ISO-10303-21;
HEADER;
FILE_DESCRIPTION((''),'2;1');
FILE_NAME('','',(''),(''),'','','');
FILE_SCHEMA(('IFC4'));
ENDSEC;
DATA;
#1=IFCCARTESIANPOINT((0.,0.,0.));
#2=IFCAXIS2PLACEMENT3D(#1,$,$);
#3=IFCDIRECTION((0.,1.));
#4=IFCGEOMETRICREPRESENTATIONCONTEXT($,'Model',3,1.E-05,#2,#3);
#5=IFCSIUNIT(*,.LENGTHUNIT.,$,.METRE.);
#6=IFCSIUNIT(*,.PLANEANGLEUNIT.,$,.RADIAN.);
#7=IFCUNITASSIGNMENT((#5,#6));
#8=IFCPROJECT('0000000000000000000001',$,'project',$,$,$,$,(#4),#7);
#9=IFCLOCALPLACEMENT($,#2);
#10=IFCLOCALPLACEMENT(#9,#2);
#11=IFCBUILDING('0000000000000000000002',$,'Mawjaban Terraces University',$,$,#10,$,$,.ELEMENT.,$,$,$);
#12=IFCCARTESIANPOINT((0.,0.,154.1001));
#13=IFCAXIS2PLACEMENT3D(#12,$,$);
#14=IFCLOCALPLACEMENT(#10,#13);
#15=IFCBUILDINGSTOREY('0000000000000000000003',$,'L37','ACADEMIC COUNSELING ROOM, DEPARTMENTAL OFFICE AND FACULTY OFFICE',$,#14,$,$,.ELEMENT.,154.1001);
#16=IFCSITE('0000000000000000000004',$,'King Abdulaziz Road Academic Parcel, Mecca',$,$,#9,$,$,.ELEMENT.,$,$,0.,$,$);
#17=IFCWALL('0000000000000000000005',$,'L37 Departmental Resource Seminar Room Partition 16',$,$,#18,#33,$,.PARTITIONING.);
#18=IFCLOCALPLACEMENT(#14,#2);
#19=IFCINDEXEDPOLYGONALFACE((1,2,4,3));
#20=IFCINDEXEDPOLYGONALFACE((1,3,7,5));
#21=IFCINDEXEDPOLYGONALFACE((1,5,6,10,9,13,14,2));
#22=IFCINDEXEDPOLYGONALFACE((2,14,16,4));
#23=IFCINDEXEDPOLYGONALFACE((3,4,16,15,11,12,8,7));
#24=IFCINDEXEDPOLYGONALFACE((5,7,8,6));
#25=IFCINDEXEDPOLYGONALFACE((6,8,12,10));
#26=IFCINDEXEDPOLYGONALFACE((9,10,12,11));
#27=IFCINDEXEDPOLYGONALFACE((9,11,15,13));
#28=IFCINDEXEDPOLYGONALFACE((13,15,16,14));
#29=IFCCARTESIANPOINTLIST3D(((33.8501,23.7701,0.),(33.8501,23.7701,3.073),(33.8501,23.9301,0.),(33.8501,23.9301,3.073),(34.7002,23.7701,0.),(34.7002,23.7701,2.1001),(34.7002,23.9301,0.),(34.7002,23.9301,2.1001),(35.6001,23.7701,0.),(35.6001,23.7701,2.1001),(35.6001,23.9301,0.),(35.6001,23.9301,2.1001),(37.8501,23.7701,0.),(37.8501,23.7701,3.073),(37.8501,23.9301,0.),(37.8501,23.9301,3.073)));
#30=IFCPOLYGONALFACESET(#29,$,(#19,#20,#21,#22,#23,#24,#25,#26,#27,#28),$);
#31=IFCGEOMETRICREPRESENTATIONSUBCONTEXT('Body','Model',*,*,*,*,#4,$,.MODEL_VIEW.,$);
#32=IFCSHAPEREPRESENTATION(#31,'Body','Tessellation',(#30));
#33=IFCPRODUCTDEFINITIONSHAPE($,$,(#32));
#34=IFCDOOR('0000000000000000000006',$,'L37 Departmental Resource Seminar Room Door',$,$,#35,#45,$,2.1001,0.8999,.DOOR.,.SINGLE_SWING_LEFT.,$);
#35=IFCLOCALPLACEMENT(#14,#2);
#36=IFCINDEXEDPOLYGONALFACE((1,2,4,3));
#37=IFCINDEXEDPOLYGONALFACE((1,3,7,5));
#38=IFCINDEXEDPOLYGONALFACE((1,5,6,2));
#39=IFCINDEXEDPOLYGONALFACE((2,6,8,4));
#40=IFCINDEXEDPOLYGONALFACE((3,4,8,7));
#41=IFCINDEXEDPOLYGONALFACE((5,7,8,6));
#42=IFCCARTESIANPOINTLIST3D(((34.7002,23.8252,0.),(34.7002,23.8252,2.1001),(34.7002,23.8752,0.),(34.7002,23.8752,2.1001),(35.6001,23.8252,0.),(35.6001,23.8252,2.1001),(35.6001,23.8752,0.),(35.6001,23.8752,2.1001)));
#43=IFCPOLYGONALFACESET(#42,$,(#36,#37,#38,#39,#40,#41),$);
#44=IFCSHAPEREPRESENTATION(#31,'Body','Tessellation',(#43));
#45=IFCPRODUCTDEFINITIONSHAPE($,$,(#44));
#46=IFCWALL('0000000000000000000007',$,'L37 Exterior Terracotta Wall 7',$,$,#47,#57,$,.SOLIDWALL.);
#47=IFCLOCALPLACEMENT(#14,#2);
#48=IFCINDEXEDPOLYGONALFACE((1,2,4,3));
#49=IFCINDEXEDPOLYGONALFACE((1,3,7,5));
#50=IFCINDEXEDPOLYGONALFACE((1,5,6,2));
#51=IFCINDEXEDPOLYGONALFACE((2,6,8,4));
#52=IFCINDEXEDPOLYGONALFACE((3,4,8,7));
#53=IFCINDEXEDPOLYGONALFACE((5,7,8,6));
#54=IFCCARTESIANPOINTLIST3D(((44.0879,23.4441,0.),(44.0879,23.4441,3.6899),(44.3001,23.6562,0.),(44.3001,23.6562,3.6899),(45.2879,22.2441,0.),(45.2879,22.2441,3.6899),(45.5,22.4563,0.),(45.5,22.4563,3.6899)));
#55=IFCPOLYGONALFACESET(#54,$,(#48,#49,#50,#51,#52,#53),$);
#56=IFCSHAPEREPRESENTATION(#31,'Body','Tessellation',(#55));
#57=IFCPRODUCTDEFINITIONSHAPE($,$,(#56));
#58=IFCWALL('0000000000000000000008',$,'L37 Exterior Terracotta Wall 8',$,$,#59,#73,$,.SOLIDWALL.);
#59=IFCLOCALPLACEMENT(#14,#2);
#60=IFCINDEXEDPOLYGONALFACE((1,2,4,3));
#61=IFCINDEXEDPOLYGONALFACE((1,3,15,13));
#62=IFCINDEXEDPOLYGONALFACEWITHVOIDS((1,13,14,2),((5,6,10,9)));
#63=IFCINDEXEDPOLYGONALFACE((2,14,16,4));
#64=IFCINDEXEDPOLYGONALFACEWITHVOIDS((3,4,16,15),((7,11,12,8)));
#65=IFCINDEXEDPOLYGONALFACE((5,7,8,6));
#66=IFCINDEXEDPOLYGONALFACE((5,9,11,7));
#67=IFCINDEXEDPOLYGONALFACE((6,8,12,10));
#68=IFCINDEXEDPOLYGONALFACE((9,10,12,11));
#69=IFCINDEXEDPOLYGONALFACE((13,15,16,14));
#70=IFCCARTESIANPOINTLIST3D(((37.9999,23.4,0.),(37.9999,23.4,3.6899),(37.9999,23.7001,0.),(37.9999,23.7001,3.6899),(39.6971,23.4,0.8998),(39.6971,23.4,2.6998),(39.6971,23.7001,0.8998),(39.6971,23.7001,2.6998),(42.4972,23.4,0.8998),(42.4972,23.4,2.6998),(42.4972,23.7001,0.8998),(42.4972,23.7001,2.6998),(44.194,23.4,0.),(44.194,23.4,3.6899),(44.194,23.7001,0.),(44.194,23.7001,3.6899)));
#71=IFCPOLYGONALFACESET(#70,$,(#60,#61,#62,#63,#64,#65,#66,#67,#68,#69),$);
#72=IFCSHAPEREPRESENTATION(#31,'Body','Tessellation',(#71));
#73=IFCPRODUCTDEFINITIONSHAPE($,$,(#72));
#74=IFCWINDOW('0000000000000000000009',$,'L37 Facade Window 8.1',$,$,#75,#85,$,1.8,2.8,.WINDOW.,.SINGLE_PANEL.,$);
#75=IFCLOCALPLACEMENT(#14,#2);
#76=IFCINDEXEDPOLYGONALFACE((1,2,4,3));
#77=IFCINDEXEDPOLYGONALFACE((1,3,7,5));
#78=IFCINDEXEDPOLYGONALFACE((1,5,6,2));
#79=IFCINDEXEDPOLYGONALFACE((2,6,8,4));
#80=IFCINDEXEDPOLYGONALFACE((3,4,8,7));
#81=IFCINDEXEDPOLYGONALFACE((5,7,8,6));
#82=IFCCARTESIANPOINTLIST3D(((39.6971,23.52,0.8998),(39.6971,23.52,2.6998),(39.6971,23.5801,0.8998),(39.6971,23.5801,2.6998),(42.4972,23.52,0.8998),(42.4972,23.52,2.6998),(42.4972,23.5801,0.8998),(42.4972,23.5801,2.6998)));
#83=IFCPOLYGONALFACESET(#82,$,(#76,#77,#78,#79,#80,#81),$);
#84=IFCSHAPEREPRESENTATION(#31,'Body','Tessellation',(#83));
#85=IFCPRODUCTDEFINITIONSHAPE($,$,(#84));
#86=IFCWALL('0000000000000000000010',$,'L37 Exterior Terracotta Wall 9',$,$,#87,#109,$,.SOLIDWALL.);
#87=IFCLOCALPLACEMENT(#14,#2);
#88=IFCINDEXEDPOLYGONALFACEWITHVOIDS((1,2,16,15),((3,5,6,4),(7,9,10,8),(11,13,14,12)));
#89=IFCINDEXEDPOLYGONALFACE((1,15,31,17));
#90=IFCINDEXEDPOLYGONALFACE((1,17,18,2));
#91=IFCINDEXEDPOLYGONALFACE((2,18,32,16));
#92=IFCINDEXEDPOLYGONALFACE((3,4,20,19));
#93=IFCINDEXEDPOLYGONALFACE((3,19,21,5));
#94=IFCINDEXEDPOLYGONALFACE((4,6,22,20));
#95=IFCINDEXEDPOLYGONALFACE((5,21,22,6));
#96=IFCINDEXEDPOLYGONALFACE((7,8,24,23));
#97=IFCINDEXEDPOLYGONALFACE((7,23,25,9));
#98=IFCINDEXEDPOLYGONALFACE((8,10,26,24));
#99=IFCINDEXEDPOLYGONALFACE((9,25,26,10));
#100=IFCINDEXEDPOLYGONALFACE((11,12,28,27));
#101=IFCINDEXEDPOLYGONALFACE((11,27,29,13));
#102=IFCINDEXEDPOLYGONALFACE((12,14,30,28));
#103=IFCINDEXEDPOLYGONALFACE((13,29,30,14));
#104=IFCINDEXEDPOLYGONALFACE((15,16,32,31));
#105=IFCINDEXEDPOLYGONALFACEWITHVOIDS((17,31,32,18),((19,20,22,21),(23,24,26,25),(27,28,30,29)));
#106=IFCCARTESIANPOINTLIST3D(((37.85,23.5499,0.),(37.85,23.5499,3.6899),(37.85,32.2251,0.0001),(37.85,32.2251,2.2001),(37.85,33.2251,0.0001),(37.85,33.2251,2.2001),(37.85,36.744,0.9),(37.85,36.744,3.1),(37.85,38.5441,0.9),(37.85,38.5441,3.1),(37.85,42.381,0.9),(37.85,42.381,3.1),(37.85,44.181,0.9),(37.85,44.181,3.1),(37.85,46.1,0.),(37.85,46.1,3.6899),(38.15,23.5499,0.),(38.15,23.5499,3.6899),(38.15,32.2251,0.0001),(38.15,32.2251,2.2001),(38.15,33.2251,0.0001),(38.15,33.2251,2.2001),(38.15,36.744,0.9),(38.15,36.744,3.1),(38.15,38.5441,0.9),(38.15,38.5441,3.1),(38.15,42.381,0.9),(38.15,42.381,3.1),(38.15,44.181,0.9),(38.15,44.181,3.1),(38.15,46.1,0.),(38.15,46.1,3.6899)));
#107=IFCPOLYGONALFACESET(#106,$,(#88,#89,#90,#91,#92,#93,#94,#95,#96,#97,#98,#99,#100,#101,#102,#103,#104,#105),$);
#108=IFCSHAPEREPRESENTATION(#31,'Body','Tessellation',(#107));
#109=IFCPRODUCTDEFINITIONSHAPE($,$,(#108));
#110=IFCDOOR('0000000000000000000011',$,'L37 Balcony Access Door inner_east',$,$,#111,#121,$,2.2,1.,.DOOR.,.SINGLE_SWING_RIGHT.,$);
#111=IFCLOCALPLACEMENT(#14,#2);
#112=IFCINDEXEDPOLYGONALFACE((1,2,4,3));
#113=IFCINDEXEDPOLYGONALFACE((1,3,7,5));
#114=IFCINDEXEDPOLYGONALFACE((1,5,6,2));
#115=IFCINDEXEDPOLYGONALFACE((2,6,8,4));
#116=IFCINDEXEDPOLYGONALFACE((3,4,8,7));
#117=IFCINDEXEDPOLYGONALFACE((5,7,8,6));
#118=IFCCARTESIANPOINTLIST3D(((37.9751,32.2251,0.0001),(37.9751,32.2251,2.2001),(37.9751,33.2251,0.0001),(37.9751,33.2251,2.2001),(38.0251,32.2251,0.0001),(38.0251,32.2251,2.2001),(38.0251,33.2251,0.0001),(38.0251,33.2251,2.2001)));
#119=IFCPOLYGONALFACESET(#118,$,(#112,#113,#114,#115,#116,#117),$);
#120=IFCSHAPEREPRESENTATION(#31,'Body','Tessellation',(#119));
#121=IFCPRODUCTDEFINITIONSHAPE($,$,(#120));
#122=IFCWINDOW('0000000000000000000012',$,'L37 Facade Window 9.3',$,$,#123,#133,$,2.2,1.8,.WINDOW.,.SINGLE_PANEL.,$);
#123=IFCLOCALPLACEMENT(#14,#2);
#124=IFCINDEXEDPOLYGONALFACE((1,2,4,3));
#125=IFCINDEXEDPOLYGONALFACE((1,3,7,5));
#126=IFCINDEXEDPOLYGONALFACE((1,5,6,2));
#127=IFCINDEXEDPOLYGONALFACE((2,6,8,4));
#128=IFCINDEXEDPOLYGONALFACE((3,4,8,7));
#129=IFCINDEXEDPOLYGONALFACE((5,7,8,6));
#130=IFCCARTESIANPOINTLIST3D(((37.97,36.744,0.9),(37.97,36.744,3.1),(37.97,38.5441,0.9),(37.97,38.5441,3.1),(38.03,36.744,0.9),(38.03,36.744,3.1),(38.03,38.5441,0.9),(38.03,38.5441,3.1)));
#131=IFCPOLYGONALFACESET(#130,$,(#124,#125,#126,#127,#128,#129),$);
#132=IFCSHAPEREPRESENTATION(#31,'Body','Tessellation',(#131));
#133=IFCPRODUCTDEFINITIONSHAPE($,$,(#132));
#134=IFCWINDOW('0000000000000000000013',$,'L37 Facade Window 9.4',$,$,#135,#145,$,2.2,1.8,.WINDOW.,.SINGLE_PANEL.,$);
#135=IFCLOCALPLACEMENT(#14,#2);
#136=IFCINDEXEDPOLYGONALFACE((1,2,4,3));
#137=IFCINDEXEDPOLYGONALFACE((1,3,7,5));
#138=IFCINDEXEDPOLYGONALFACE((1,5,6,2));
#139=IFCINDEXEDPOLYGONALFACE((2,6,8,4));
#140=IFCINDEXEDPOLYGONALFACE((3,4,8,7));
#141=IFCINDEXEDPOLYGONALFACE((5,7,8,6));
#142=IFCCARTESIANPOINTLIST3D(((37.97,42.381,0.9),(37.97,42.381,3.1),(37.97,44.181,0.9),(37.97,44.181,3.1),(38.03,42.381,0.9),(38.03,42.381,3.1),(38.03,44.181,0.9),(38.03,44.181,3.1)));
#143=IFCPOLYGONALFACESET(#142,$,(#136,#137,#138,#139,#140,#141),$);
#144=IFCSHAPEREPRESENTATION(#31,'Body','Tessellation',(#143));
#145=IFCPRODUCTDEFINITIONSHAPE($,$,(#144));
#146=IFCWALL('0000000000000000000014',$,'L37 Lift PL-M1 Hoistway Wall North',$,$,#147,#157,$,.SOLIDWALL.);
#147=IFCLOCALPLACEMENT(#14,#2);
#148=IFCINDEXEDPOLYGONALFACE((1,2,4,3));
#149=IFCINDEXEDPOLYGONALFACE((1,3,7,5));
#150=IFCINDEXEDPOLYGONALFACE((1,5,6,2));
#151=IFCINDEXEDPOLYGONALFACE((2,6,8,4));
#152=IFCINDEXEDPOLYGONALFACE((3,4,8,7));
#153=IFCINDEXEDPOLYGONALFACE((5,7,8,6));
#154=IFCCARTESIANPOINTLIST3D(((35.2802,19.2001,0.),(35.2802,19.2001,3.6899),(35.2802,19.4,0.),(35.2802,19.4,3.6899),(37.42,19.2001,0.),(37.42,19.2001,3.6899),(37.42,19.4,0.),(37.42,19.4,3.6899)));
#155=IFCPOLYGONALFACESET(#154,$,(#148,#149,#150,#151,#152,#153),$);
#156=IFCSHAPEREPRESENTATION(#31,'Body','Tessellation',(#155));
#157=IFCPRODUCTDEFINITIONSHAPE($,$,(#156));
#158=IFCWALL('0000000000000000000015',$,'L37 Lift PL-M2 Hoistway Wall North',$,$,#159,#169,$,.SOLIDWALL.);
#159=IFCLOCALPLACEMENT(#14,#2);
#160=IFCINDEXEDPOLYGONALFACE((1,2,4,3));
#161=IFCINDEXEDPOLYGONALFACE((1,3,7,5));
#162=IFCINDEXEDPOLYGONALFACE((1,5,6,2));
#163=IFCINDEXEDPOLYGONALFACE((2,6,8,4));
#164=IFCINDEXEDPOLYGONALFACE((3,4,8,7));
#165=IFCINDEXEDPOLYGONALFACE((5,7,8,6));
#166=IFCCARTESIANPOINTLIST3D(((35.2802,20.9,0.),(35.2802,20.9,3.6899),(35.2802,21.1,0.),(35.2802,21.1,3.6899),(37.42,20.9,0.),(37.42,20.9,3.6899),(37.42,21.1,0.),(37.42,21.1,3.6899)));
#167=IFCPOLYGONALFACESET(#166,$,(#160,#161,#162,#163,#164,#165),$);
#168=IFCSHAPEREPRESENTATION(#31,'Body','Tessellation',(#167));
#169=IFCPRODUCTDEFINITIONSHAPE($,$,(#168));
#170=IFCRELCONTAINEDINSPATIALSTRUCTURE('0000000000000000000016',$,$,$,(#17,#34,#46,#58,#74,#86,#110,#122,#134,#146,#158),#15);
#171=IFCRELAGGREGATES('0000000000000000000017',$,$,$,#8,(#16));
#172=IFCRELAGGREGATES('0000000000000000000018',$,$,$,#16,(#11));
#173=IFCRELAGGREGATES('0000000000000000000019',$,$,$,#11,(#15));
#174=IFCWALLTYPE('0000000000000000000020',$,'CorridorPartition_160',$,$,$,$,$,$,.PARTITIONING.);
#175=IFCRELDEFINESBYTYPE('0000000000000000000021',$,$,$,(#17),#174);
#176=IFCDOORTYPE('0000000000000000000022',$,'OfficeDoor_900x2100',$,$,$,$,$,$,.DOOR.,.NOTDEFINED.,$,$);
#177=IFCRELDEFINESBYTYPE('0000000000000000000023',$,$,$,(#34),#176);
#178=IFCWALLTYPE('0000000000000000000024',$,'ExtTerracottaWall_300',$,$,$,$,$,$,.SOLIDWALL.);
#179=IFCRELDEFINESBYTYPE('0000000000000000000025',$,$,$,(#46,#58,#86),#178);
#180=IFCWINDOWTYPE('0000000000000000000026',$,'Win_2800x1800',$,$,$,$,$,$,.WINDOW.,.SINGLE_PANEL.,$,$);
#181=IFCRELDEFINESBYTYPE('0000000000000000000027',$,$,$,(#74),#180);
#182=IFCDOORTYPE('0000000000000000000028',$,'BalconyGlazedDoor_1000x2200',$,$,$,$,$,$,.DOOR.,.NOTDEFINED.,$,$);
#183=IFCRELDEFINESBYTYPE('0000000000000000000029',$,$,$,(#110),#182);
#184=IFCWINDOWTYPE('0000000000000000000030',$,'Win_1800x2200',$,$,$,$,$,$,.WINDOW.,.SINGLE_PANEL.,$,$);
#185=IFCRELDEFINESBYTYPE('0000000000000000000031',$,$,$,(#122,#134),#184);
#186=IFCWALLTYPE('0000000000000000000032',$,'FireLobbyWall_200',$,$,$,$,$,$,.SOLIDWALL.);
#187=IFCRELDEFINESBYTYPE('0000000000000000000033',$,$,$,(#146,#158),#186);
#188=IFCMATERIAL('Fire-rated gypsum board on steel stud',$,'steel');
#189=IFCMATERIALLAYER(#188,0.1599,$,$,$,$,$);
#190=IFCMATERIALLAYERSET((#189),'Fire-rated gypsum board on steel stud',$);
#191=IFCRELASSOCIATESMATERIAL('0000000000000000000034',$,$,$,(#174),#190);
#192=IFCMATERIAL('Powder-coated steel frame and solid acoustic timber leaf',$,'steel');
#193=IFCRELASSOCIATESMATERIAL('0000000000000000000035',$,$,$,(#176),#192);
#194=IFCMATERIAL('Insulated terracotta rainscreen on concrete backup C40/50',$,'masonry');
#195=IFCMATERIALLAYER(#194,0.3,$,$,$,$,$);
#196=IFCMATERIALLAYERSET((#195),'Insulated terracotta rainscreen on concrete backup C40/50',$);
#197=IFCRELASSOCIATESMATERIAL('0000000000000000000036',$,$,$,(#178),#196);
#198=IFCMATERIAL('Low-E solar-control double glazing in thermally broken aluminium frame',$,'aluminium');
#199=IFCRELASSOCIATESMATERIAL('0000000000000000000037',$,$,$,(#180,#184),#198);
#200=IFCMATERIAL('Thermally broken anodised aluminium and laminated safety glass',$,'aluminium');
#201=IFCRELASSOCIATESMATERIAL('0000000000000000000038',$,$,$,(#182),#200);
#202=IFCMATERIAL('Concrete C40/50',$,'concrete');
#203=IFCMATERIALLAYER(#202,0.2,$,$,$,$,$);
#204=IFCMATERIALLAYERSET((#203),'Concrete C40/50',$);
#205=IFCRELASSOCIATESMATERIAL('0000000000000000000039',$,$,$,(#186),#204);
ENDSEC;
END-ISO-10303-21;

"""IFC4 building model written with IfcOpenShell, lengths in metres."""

from ifc_helpers import new_model, si_unit, direction, frame, frame_2d, origin, place, context, subcontext, project, spatial, rectangle, extrude, material, layer, layer_set, type_object, element, fill, save


model = new_model("IFC4")

# Units and contexts
model_context = context("Model", 3, precision=1e-05, world=origin(), true_north=direction((0.0, 1.0)))
body_context = subcontext(model_context, "Body", "Model", "MODEL_VIEW")
ifc_project = project(units=[si_unit("LENGTHUNIT", "METRE"), si_unit("PLANEANGLEUNIT", "RADIAN")], contexts=[model_context])

# Site, building, storey
site_placement = place(None, origin())
site = spatial("IfcSite", under=ifc_project, at=site_placement, Name="King Abdulaziz Road Academic Parcel, Mecca", CompositionType="ELEMENT", RefElevation=0.0)
building_placement = place(site_placement, origin())
building = spatial("IfcBuilding", under=site, at=building_placement, Name="Mawjaban Terraces University", CompositionType="ELEMENT")
storey_placement = place(building_placement, frame((0.0, 0.0, 154.1001)))
storey = spatial("IfcBuildingStorey", under=building, at=storey_placement, Name="L37", Description="ACADEMIC COUNSELING ROOM, DEPARTMENTAL OFFICE AND FACULTY OFFICE", CompositionType="ELEMENT", Elevation=154.1001)

# Wall, opening, door
ifc_material_1 = material(Name="Fire-rated gypsum board on steel stud", Category="steel")
ifc_layer_1 = layer(ifc_material_1, 0.1599)
ifc_layer_set_1 = layer_set([ifc_layer_1], Name="Fire-rated gypsum board on steel stud")
wall_type_1 = type_object("IfcWallType", Name="CorridorPartition_160", PredefinedType="PARTITIONING", material=ifc_layer_set_1)
wall_1_placement = place(storey_placement, frame((37.8501, 23.8501, 0.0), z_axis=(0.0, 0.0, 1.0), x_axis=(-1.0, 0.0, 0.0)))
wall_1 = element("IfcWall", 1, at=wall_1_placement, inside=storey, type_object=wall_type_1, Name="L37 Departmental Resource Seminar Room Partition 16", PredefinedType="PARTITIONING", context=body_context, shape_type="SweptSolid", body=[
    extrude(rectangle(XDim=4.0, YDim=0.1599, at=frame_2d((2.0, 0.0))), origin(), (0.0, 0.0, 1.0), 3.073),
])
opening_1_placement = place(wall_1_placement, frame((2.25, 0.0, 0.0)))
opening_1 = element("IfcOpeningElement", 2, at=opening_1_placement, cuts=wall_1, PredefinedType="OPENING", context=body_context, shape_type="SweptSolid", body=[
    extrude(rectangle(XDim=0.8999, YDim=2.1001, at=frame_2d((0.45, 1.05))), frame((0.0, 0.0898, 0.0), z_axis=(0.0, -1.0, 0.0), x_axis=(1.0, 0.0, 0.0)), (0.0, 0.0, 1.0), 0.1799),
])
ifc_material_2 = material(Name="Powder-coated steel frame and solid acoustic timber leaf", Category="steel")
door_type_1 = type_object("IfcDoorType", Name="OfficeDoor_900x2100", OperationType="NOTDEFINED", PredefinedType="DOOR", material=ifc_material_2)
door_1_placement = place(opening_1_placement, origin())
door_1 = element("IfcDoor", 3, at=door_1_placement, inside=storey, type_object=door_type_1, Name="L37 Departmental Resource Seminar Room Door", OperationType="SINGLE_SWING_LEFT", OverallHeight=2.1001, OverallWidth=0.8999, PredefinedType="DOOR", context=body_context, shape_type="SweptSolid", body=[
    extrude(rectangle(XDim=0.8999, YDim=2.1001, at=frame_2d((0.45, 1.05))), frame((0.0, 0.0249, 0.0), z_axis=(0.0, -1.0, 0.0), x_axis=(1.0, 0.0, 0.0)), (0.0, 0.0, 1.0), 0.05),
])
fill(opening_1, door_1)

# Wall
ifc_material_3 = material(Name="Insulated terracotta rainscreen on concrete backup C40/50", Category="masonry")
ifc_layer_2 = layer(ifc_material_3, 0.3)
ifc_layer_set_2 = layer_set([ifc_layer_2], Name="Insulated terracotta rainscreen on concrete backup C40/50")
wall_type_2 = type_object("IfcWallType", Name="ExtTerracottaWall_300", PredefinedType="SOLIDWALL", material=ifc_layer_set_2)
wall_2_placement = place(storey_placement, frame((45.394, 22.3501, 0.0), z_axis=(0.0, 0.0, 1.0), x_axis=(-0.707107, 0.707107, 0.0)))
element("IfcWall", 4, at=wall_2_placement, inside=storey, type_object=wall_type_2, Name="L37 Exterior Terracotta Wall 7", PredefinedType="SOLIDWALL", context=body_context, shape_type="SweptSolid", body=[
    extrude(rectangle(XDim=1.697, YDim=0.3, at=frame_2d((0.8486, 0.0))), origin(), (0.0, 0.0, 1.0), 3.6899),
])

# Wall, opening, window
wall_3_placement = place(storey_placement, frame((44.1941, 23.55, 0.0), z_axis=(0.0, 0.0, 1.0), x_axis=(-1.0, 0.0, 0.0)))
wall_3 = element("IfcWall", 5, at=wall_3_placement, inside=storey, type_object=wall_type_2, Name="L37 Exterior Terracotta Wall 8", PredefinedType="SOLIDWALL", context=body_context, shape_type="SweptSolid", body=[
    extrude(rectangle(XDim=6.1941, YDim=0.3, at=frame_2d((3.0972, 0.0))), origin(), (0.0, 0.0, 1.0), 3.6899),
])
opening_2_placement = place(wall_3_placement, frame((1.697, 0.0, 0.8999)))
opening_2 = element("IfcOpeningElement", 6, at=opening_2_placement, cuts=wall_3, PredefinedType="OPENING", context=body_context, shape_type="SweptSolid", body=[
    extrude(rectangle(XDim=2.8, YDim=1.8, at=frame_2d((1.3999, 0.8999))), frame((0.0, 0.1599, 0.0), z_axis=(0.0, -1.0, 0.0), x_axis=(1.0, 0.0, 0.0)), (0.0, 0.0, 1.0), 0.3201),
])
ifc_material_4 = material(Name="Low-E solar-control double glazing in thermally broken aluminium frame", Category="aluminium")
window_type_1 = type_object("IfcWindowType", Name="Win_2800x1800", PartitioningType="SINGLE_PANEL", PredefinedType="WINDOW", material=ifc_material_4)
window_1_placement = place(opening_2_placement, origin())
window_1 = element("IfcWindow", 7, at=window_1_placement, inside=storey, type_object=window_type_1, Name="L37 Facade Window 8.1", OverallHeight=1.8, OverallWidth=2.8, PartitioningType="SINGLE_PANEL", PredefinedType="WINDOW", context=body_context, shape_type="SweptSolid", body=[
    extrude(rectangle(XDim=2.8, YDim=1.8, at=frame_2d((1.3999, 0.8999))), frame((0.0, 0.03, 0.0), z_axis=(0.0, -1.0, 0.0), x_axis=(1.0, 0.0, 0.0)), (0.0, 0.0, 1.0), 0.0601),
])
fill(opening_2, window_1)

# Wall, openings, door, windows
wall_4_placement = place(storey_placement, frame((38.0, 23.55, 0.0), z_axis=(0.0, 0.0, 1.0), x_axis=(0.0, 1.0, 0.0)))
wall_4 = element("IfcWall", 8, at=wall_4_placement, inside=storey, type_object=wall_type_2, Name="L37 Exterior Terracotta Wall 9", PredefinedType="SOLIDWALL", context=body_context, shape_type="SweptSolid", body=[
    extrude(rectangle(XDim=22.55, YDim=0.3, at=frame_2d((11.2749, 0.0))), origin(), (0.0, 0.0, 1.0), 3.6899),
])
opening_3_placement = place(wall_4_placement, frame((8.675, 0.0, 0.0)))
opening_3 = element("IfcOpeningElement", 9, at=opening_3_placement, cuts=wall_4, PredefinedType="OPENING", context=body_context, shape_type="SweptSolid", body=[
    extrude(rectangle(XDim=1.0, YDim=2.2, at=frame_2d((0.5, 1.1001))), frame((0.0, 0.1599, 0.0), z_axis=(0.0, -1.0, 0.0), x_axis=(1.0, 0.0, 0.0)), (0.0, 0.0, 1.0), 0.3201),
])
opening_4_placement = place(wall_4_placement, frame((13.1941, 0.0, 0.8999)))
opening_4 = element("IfcOpeningElement", 10, at=opening_4_placement, cuts=wall_4, PredefinedType="OPENING", context=body_context, shape_type="SweptSolid", body=[
    extrude(rectangle(XDim=1.8, YDim=2.2, at=frame_2d((0.8999, 1.1001))), frame((0.0, 0.1599, 0.0), z_axis=(0.0, -1.0, 0.0), x_axis=(1.0, 0.0, 0.0)), (0.0, 0.0, 1.0), 0.3201),
])
opening_5_placement = place(wall_4_placement, frame((18.8311, 0.0, 0.8999)))
opening_5 = element("IfcOpeningElement", 11, at=opening_5_placement, cuts=wall_4, PredefinedType="OPENING", context=body_context, shape_type="SweptSolid", body=[
    extrude(rectangle(XDim=1.8, YDim=2.2, at=frame_2d((0.8999, 1.1001))), frame((0.0, 0.1599, 0.0), z_axis=(0.0, -1.0, 0.0), x_axis=(1.0, 0.0, 0.0)), (0.0, 0.0, 1.0), 0.3201),
])
ifc_material_5 = material(Name="Thermally broken anodised aluminium and laminated safety glass", Category="aluminium")
door_type_2 = type_object("IfcDoorType", Name="BalconyGlazedDoor_1000x2200", OperationType="NOTDEFINED", PredefinedType="DOOR", material=ifc_material_5)
door_2_placement = place(opening_3_placement, origin())
door_2 = element("IfcDoor", 12, at=door_2_placement, inside=storey, type_object=door_type_2, Name="L37 Balcony Access Door inner_east", OperationType="SINGLE_SWING_RIGHT", OverallHeight=2.2, OverallWidth=1.0, PredefinedType="DOOR", context=body_context, shape_type="SweptSolid", body=[
    extrude(rectangle(XDim=1.0, YDim=2.2, at=frame_2d((0.5, 1.1001))), frame((0.0, 0.0249, 0.0), z_axis=(0.0, -1.0, 0.0), x_axis=(1.0, 0.0, 0.0)), (0.0, 0.0, 1.0), 0.05),
])
fill(opening_3, door_2)
window_type_2 = type_object("IfcWindowType", Name="Win_1800x2200", PartitioningType="SINGLE_PANEL", PredefinedType="WINDOW", material=ifc_material_4)
window_2_placement = place(opening_4_placement, origin())
window_2 = element("IfcWindow", 13, at=window_2_placement, inside=storey, type_object=window_type_2, Name="L37 Facade Window 9.3", OverallHeight=2.2, OverallWidth=1.8, PartitioningType="SINGLE_PANEL", PredefinedType="WINDOW", context=body_context, shape_type="SweptSolid", body=[
    extrude(rectangle(XDim=1.8, YDim=2.2, at=frame_2d((0.8999, 1.1001))), frame((0.0, 0.03, 0.0), z_axis=(0.0, -1.0, 0.0), x_axis=(1.0, 0.0, 0.0)), (0.0, 0.0, 1.0), 0.0601),
])
fill(opening_4, window_2)
window_3_placement = place(opening_5_placement, origin())
window_3 = element("IfcWindow", 14, at=window_3_placement, inside=storey, type_object=window_type_2, Name="L37 Facade Window 9.4", OverallHeight=2.2, OverallWidth=1.8, PartitioningType="SINGLE_PANEL", PredefinedType="WINDOW", context=body_context, shape_type="SweptSolid", body=[
    extrude(rectangle(XDim=1.8, YDim=2.2, at=frame_2d((0.8999, 1.1001))), frame((0.0, 0.03, 0.0), z_axis=(0.0, -1.0, 0.0), x_axis=(1.0, 0.0, 0.0)), (0.0, 0.0, 1.0), 0.0601),
])
fill(opening_5, window_3)

# Walls
ifc_material_6 = material(Name="Concrete C40/50", Category="concrete")
ifc_layer_3 = layer(ifc_material_6, 0.2)
ifc_layer_set_3 = layer_set([ifc_layer_3], Name="Concrete C40/50")
wall_type_3 = type_object("IfcWallType", Name="FireLobbyWall_200", PredefinedType="SOLIDWALL", material=ifc_layer_set_3)
for number, where, z_axis, x_axis, name in (
    (15, (37.4199, 19.3, 0.0), (0.0, 0.0, 1.0), (-1.0, 0.0, 0.0), "L37 Lift PL-M1 Hoistway Wall North"),
    (16, (37.4199, 21.0, 0.0), (0.0, 0.0, 1.0), (-1.0, 0.0, 0.0), "L37 Lift PL-M2 Hoistway Wall North"),
):
    element("IfcWall", number, at=place(storey_placement, frame(where, z_axis=z_axis, x_axis=x_axis)), inside=storey, type_object=wall_type_3, Name=name, PredefinedType="SOLIDWALL", context=body_context, shape_type="SweptSolid", body=[
        extrude(rectangle(XDim=2.1399, YDim=0.2, at=frame_2d((1.0698, 0.0))), origin(), (0.0, 0.0, 1.0), 3.6899),
    ])

save(model, "model.ifc")
